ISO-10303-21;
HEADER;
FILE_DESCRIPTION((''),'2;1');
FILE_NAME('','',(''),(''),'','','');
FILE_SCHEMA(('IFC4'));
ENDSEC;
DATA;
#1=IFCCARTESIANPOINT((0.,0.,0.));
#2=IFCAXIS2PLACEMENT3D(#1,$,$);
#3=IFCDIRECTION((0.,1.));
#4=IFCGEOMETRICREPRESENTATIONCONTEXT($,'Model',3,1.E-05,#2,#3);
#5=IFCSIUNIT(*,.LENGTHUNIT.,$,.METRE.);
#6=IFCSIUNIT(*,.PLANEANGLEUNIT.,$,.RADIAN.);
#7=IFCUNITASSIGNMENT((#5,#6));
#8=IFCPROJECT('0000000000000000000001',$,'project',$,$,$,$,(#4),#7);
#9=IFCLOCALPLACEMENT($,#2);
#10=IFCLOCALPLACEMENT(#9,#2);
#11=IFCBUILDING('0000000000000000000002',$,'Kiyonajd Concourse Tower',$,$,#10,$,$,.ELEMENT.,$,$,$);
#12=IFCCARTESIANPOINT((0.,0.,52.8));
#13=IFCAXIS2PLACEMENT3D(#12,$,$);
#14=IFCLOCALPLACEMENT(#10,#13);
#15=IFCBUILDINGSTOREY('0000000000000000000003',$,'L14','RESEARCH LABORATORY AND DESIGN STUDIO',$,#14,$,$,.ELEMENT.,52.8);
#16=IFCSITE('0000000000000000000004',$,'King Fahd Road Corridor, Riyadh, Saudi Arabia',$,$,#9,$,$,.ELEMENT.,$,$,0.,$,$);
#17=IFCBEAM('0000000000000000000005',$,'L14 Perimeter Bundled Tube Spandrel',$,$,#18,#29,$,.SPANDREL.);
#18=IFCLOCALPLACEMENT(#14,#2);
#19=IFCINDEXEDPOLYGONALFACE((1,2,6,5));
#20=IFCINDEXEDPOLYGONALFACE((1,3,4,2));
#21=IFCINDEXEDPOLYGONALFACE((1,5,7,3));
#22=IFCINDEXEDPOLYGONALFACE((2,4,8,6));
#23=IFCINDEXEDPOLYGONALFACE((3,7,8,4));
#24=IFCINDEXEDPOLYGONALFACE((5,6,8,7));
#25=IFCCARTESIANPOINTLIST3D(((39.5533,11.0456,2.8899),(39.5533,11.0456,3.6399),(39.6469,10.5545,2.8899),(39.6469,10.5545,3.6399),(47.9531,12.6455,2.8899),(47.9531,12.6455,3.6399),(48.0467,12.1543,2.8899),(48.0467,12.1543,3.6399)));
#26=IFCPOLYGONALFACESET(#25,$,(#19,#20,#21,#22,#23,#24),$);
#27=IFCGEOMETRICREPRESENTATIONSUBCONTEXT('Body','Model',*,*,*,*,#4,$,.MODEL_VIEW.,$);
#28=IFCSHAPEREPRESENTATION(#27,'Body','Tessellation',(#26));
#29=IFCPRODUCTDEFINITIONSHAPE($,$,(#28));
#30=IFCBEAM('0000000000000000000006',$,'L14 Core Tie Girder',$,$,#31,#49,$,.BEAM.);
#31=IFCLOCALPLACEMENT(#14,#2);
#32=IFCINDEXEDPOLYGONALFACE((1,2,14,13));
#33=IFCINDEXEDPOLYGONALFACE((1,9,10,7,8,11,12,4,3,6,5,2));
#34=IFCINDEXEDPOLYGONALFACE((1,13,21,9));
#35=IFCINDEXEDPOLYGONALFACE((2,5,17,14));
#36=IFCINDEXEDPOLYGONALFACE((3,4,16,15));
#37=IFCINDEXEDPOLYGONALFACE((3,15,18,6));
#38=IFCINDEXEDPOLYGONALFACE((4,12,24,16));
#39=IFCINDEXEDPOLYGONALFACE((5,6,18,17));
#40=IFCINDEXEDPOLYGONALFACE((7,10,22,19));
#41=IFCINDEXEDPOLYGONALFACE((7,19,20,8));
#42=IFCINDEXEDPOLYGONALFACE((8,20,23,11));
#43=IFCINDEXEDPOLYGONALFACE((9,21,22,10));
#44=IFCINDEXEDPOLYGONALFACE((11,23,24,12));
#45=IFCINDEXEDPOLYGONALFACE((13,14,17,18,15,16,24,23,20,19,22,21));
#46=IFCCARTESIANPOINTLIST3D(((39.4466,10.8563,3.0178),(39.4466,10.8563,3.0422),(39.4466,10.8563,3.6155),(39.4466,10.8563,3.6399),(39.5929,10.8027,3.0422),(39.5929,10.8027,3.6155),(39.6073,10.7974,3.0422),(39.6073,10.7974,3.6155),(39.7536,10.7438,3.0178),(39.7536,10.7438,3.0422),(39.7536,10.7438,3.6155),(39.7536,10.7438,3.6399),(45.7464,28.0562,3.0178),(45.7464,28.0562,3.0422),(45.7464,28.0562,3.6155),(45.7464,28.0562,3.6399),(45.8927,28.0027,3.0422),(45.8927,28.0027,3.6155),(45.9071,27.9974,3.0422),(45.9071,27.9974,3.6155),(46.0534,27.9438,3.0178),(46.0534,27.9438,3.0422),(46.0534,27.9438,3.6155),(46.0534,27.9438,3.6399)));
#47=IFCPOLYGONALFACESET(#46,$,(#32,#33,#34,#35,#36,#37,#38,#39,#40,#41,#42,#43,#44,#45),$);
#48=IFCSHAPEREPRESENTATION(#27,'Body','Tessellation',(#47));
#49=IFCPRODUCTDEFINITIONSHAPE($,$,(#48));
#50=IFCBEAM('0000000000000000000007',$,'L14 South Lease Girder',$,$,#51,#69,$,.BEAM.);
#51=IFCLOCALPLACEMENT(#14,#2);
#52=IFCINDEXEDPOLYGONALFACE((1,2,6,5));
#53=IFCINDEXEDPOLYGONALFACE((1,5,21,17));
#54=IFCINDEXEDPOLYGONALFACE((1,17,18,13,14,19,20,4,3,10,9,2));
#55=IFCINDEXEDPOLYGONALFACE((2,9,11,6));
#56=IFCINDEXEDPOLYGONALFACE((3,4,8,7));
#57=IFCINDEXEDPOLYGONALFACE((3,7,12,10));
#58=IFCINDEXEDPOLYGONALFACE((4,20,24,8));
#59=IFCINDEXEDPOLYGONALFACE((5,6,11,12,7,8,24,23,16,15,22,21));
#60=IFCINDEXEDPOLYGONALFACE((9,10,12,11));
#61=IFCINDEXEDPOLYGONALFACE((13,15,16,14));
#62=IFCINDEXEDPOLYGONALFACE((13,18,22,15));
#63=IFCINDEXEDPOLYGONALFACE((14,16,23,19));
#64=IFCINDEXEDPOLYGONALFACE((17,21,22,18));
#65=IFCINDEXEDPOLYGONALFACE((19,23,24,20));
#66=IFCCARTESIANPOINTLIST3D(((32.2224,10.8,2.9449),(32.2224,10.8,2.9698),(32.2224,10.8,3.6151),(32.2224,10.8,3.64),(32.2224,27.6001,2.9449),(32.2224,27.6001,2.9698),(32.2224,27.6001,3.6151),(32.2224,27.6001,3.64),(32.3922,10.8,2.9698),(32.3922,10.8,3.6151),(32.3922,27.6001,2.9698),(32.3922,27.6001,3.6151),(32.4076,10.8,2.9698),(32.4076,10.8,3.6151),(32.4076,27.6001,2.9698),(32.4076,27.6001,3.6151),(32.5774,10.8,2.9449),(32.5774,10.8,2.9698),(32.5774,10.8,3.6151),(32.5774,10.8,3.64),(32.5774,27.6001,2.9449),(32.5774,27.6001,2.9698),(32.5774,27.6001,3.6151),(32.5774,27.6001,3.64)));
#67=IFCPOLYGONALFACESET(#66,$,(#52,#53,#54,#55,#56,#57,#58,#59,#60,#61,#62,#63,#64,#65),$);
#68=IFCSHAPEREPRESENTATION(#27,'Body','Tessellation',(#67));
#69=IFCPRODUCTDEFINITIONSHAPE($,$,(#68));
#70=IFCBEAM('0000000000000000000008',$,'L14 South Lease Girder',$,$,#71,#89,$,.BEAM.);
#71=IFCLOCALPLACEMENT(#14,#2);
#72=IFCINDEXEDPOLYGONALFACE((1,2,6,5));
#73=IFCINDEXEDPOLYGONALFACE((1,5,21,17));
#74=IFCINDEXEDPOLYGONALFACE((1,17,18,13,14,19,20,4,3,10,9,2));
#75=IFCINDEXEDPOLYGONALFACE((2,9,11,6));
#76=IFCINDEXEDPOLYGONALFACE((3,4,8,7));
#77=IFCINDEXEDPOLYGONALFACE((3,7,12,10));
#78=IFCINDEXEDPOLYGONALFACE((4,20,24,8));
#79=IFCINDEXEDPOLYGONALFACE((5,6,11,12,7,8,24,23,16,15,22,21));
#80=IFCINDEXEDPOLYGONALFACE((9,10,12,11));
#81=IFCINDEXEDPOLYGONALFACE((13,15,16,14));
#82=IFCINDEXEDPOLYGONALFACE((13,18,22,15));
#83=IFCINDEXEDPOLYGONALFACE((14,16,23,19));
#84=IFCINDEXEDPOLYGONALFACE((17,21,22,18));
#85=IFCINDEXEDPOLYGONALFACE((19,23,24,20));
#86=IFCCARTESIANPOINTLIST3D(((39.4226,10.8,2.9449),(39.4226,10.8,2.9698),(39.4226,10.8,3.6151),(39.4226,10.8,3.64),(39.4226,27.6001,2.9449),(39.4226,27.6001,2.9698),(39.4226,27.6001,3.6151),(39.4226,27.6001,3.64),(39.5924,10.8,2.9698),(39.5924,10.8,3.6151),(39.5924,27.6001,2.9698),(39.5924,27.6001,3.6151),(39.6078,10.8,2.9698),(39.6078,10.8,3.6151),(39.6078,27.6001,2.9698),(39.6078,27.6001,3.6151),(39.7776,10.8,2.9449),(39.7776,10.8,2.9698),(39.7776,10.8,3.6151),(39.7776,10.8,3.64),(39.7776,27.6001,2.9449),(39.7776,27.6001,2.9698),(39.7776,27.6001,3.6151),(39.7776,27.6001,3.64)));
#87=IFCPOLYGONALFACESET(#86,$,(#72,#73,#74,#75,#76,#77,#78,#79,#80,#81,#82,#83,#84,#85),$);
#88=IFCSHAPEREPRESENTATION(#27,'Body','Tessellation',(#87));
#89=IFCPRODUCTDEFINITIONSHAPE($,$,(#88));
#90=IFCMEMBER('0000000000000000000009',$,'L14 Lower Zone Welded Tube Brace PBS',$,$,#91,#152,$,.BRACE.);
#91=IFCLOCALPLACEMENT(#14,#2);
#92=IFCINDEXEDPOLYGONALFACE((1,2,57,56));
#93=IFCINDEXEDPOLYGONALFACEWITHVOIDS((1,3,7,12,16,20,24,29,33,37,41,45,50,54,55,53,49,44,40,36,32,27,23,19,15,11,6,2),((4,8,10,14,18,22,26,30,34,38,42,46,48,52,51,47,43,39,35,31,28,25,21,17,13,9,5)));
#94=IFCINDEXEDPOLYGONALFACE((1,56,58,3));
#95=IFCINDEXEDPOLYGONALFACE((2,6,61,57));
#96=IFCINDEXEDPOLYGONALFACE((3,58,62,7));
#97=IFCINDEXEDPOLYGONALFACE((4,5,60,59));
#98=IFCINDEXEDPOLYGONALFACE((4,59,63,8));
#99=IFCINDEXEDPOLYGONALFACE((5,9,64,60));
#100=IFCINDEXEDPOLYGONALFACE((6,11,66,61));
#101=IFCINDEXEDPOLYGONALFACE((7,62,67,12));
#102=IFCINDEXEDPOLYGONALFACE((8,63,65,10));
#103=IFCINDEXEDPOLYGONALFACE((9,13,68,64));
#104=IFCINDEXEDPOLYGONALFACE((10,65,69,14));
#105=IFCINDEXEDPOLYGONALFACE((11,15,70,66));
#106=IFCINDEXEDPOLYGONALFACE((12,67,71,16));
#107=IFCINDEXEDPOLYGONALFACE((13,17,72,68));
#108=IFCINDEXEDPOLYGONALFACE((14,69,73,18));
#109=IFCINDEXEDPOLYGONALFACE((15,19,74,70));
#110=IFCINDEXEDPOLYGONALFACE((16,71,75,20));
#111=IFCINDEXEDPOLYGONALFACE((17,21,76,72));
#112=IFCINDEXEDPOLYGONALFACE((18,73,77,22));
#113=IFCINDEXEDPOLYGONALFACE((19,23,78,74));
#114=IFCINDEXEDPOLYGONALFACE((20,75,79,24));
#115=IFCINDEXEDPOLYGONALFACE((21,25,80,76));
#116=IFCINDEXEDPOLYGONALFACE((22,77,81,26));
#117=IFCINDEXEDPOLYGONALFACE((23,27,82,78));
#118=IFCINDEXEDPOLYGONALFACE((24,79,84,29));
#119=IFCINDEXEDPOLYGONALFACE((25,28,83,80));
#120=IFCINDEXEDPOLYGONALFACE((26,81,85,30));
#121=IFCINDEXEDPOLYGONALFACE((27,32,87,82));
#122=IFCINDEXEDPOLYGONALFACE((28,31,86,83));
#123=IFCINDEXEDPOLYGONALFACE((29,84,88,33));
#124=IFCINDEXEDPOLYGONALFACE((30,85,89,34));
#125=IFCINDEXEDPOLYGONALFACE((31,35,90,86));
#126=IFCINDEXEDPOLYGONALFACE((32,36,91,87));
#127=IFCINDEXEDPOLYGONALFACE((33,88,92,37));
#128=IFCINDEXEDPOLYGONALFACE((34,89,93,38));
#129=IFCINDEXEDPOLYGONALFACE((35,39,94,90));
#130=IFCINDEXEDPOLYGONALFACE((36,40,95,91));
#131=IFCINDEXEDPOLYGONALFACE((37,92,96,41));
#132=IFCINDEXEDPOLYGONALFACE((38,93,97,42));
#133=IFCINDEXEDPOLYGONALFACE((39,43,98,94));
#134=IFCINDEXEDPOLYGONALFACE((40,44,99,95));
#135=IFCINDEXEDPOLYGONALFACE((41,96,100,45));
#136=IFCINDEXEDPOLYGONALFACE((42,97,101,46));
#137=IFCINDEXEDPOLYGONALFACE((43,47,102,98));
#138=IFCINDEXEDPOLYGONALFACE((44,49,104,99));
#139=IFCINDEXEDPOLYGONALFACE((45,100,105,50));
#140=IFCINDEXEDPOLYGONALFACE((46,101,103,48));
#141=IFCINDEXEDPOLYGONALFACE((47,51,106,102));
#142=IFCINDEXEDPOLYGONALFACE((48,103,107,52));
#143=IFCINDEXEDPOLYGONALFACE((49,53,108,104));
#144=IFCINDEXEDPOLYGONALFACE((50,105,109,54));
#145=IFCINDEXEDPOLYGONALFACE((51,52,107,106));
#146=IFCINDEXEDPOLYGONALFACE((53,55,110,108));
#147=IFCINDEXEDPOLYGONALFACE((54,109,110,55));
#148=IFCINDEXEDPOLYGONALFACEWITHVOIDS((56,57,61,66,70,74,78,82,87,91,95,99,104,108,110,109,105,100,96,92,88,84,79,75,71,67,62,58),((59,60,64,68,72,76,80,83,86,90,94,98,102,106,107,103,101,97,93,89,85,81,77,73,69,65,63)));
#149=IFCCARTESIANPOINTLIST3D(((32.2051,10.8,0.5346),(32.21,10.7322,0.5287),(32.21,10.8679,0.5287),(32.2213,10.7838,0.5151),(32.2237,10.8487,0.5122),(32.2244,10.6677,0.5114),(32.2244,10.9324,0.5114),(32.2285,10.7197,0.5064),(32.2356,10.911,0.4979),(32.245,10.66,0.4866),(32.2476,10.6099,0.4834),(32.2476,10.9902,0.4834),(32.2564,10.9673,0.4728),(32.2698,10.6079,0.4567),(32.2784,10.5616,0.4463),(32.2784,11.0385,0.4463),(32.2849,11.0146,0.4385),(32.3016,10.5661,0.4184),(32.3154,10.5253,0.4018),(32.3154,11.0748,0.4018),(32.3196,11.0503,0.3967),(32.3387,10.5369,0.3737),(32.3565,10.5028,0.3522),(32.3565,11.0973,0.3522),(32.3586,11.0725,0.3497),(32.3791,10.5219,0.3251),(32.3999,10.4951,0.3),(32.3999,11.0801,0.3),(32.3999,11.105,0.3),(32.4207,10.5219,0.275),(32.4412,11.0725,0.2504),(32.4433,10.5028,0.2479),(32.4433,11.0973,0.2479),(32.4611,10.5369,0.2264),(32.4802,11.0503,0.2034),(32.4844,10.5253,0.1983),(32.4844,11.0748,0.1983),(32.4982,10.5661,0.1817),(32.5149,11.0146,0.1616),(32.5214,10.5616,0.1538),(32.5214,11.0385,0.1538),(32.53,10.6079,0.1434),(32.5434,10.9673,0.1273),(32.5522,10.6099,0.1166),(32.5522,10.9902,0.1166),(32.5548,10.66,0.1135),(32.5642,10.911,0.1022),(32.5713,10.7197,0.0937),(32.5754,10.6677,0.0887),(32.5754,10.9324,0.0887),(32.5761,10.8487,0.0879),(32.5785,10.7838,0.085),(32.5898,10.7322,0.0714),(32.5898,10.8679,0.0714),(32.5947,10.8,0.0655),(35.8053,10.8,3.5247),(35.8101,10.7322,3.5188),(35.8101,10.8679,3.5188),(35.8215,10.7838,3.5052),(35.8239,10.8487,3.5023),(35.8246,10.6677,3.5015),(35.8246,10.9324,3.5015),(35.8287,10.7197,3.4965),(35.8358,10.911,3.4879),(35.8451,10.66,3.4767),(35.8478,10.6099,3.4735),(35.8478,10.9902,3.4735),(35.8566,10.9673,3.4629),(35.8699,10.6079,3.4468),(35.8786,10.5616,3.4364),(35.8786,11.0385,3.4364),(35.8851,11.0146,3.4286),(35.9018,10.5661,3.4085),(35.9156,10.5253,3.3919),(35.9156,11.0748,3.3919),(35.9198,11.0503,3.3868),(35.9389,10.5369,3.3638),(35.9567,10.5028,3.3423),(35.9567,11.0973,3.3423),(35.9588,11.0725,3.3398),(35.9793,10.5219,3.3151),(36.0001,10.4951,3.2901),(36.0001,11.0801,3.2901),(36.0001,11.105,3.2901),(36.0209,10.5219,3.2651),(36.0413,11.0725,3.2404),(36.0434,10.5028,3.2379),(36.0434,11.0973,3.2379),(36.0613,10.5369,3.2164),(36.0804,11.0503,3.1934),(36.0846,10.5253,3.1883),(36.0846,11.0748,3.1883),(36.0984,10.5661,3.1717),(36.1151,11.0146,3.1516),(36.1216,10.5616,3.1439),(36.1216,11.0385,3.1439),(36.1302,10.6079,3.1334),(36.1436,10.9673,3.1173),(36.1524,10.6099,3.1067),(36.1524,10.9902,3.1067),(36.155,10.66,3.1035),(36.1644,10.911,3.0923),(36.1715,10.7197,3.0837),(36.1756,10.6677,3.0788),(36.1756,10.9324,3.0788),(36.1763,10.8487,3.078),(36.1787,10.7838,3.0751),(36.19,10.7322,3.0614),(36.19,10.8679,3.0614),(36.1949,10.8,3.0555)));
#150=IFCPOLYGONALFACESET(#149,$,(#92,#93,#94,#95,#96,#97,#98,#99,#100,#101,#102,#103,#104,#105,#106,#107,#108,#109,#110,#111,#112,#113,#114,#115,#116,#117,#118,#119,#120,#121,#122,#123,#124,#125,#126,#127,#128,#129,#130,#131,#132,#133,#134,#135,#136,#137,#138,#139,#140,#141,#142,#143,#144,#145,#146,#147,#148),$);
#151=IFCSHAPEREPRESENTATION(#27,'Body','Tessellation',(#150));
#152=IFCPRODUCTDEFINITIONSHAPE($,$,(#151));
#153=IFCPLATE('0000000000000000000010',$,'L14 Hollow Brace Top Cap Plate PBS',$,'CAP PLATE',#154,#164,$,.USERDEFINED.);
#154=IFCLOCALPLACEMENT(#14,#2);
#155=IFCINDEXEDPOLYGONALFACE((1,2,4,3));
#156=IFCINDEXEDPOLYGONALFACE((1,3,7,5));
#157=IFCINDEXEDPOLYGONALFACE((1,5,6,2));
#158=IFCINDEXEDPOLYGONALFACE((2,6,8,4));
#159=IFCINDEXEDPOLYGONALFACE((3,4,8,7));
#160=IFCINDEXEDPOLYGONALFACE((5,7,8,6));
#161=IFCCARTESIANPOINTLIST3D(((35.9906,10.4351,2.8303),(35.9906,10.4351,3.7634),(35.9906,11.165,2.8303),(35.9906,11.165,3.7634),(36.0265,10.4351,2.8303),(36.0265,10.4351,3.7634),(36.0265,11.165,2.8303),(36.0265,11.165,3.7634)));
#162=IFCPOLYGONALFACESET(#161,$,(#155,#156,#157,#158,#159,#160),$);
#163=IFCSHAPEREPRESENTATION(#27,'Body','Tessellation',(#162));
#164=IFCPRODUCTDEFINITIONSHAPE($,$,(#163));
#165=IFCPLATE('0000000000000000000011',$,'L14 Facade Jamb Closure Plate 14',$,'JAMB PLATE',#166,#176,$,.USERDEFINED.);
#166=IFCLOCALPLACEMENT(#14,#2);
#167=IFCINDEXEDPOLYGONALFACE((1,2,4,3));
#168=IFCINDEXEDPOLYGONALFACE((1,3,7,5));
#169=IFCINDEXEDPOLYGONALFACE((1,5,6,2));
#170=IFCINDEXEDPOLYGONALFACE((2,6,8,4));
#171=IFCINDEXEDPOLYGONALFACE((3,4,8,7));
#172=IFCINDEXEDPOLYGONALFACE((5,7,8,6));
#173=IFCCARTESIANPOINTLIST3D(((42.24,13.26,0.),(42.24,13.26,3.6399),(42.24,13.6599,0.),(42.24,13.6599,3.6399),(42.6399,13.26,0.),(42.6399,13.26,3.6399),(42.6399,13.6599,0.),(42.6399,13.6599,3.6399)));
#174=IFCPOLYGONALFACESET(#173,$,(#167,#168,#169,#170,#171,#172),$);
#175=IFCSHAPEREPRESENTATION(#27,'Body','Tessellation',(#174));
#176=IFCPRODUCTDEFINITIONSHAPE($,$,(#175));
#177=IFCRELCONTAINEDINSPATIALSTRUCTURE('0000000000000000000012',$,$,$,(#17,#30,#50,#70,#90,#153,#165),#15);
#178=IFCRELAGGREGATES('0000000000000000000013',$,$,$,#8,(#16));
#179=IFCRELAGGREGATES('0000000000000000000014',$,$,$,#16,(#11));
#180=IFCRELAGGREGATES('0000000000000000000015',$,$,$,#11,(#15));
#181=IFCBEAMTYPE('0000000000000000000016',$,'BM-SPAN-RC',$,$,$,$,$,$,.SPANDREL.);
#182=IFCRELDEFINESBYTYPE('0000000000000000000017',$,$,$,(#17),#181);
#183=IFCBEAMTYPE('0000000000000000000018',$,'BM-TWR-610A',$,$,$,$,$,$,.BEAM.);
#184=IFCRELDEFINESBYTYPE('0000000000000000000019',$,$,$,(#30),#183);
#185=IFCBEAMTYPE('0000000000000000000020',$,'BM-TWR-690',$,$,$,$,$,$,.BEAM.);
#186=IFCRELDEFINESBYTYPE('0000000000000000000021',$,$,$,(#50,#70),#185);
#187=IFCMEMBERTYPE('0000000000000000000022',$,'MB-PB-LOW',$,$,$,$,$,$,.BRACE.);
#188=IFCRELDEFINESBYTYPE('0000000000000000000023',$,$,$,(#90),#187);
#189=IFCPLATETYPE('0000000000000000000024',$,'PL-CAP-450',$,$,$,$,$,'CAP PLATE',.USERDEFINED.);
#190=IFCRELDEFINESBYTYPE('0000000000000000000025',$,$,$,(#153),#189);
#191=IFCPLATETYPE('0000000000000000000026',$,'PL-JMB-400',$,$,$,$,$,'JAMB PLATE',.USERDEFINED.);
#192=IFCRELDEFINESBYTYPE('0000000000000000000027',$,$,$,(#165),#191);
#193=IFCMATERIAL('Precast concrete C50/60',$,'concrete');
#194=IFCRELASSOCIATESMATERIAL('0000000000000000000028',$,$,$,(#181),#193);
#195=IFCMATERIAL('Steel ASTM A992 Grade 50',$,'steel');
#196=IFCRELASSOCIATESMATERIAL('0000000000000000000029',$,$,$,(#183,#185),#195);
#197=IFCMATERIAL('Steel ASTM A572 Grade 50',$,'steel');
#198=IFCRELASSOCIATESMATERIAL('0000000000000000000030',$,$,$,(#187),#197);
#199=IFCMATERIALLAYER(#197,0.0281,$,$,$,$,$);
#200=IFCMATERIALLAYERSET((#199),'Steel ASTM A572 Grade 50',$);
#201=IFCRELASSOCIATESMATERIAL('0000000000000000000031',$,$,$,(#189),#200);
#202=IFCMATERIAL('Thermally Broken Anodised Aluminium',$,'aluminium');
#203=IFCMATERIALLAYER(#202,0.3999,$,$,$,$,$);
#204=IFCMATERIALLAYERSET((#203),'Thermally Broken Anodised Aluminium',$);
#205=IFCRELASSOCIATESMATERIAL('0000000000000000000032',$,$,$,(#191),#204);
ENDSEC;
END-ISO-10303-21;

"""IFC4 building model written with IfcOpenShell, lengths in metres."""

from ifc_helpers import new_model, si_unit, direction, frame, origin, origin_2d, place, context, subcontext, project, spatial, rectangle, hollow_circle, i_section, extrude, material, layer, layer_set, material_profile, profile_set, type_object, element, save


model = new_model("IFC4")

# Units and contexts
model_context = context("Model", 3, precision=1e-05, world=origin(), true_north=direction((0.0, 1.0)))
body_context = subcontext(model_context, "Body", "Model", "MODEL_VIEW")
ifc_project = project(units=[si_unit("LENGTHUNIT", "METRE"), si_unit("PLANEANGLEUNIT", "RADIAN")], contexts=[model_context])

# Site, building, storey
site_placement = place(None, origin())
site = spatial("IfcSite", under=ifc_project, at=site_placement, Name="King Fahd Road Corridor, Riyadh, Saudi Arabia", CompositionType="ELEMENT", RefElevation=0.0)
building_placement = place(site_placement, origin())
building = spatial("IfcBuilding", under=site, at=building_placement, Name="Kiyonajd Concourse Tower", CompositionType="ELEMENT")
storey_placement = place(building_placement, frame((0.0, 0.0, 52.8)))
storey = spatial("IfcBuildingStorey", under=building, at=storey_placement, Name="L14", Description="RESEARCH LABORATORY AND DESIGN STUDIO", CompositionType="ELEMENT", Elevation=52.8)

# Beams
ifc_material_1 = material(Name="Steel ASTM A992 Grade 50", Category="steel")
ifc_material_2 = material(Name="Precast concrete C50/60", Category="concrete")
ifc_material_profile_1 = material_profile(ifc_material_2, rectangle(XDim=0.5, YDim=0.75, at=origin_2d()), Name="RCBM-500x750")
ifc_profile_set_1 = profile_set([ifc_material_profile_1], Name="Precast concrete C50/60")
beam_type_1 = type_object("IfcBeamType", Name="BM-SPAN-RC", PredefinedType="SPANDREL", material=ifc_profile_set_1)
beam_1_placement = place(storey_placement, frame((39.6001, 10.8, 3.2649), z_axis=(0.982341, 0.187098, 0.0), x_axis=(-0.187098, 0.982341, 0.0)))
element("IfcBeam", 1, at=beam_1_placement, inside=storey, type_object=beam_type_1, Name="L14 Perimeter Bundled Tube Spandrel", PredefinedType="SPANDREL", context=body_context, shape_type="SweptSolid", body=[
    extrude(rectangle(XDim=0.5, YDim=0.75, at=origin_2d()), origin(), (0.0, 0.0, 1.0), 8.5508),
])
ifc_material_profile_2 = material_profile(ifc_material_1, i_section(OverallWidth=0.3269, OverallDepth=0.6221, WebThickness=0.0154, FlangeThickness=0.0244, at=origin_2d()), Name="W610X195")
ifc_profile_set_2 = profile_set([ifc_material_profile_2], Name="Steel ASTM A992 Grade 50")
beam_type_2 = type_object("IfcBeamType", Name="BM-TWR-610A", PredefinedType="BEAM", material=ifc_profile_set_2)
beam_2_placement = place(storey_placement, frame((39.6001, 10.8, 3.3289), z_axis=(0.343925, 0.938997, 0.0), x_axis=(-0.938997, 0.343925, 0.0)))
element("IfcBeam", 2, at=beam_2_placement, inside=storey, type_object=beam_type_2, Name="L14 Core Tie Girder", PredefinedType="BEAM", context=body_context, shape_type="SweptSolid", body=[
    extrude(i_section(OverallWidth=0.3269, OverallDepth=0.6221, WebThickness=0.0154, FlangeThickness=0.0244, at=origin_2d()), origin(), (0.0, 0.0, 1.0), 18.3174),
])
ifc_material_profile_3 = material_profile(ifc_material_1, i_section(OverallWidth=0.355, OverallDepth=0.6951, WebThickness=0.0154, FlangeThickness=0.0249, at=origin_2d()), Name="W690X217")
ifc_profile_set_3 = profile_set([ifc_material_profile_3], Name="Steel ASTM A992 Grade 50")
beam_type_3 = type_object("IfcBeamType", Name="BM-TWR-690", PredefinedType="BEAM", material=ifc_profile_set_3)
for number, where, z_axis, x_axis, name in (
    (3, (32.3999, 10.8, 3.2925), (0.0, 1.0, 0.0), (-1.0, 0.0, 0.0), "L14 South Lease Girder"),
    (4, (39.6001, 10.8, 3.2925), (0.0, 1.0, 0.0), (-1.0, 0.0, 0.0), "L14 South Lease Girder"),
):
    element("IfcBeam", number, at=place(storey_placement, frame(where, z_axis=z_axis, x_axis=x_axis)), inside=storey, type_object=beam_type_3, Name=name, PredefinedType="BEAM", context=body_context, shape_type="SweptSolid", body=[
        extrude(i_section(OverallWidth=0.355, OverallDepth=0.6951, WebThickness=0.0154, FlangeThickness=0.0249, at=origin_2d()), origin(), (0.0, 0.0, 1.0), 16.8),
    ])

# Member
ifc_material_3 = material(Name="Steel ASTM A572 Grade 50", Category="steel")
ifc_material_profile_4 = material_profile(ifc_material_3, hollow_circle(Radius=0.3049, WallThickness=0.0249, at=origin_2d()), Name="CHS-610x25")
ifc_profile_set_4 = profile_set([ifc_material_profile_4], Name="Steel ASTM A572 Grade 50")
member_type = type_object("IfcMemberType", Name="MB-PB-LOW", PredefinedType="BRACE", material=ifc_profile_set_4)
member_placement = place(storey_placement, frame((32.3999, 10.8, 0.3), z_axis=(0.769281, 0.0, 0.638911), x_axis=(0.0, 1.0, 0.0)))
element("IfcMember", 5, at=member_placement, inside=storey, type_object=member_type, Name="L14 Lower Zone Welded Tube Brace PBS", PredefinedType="BRACE", context=body_context, shape_type="SweptSolid", body=[
    extrude(hollow_circle(Radius=0.3049, WallThickness=0.0249, at=origin_2d()), origin(), (0.0, 0.0, 1.0), 4.6799),
])

# Plates
ifc_layer_1 = layer(ifc_material_3, 0.0281)
ifc_layer_set_1 = layer_set([ifc_layer_1], Name="Steel ASTM A572 Grade 50")
plate_type_1 = type_object("IfcPlateType", Name="PL-CAP-450", ElementType="CAP PLATE", PredefinedType="USERDEFINED", material=ifc_layer_set_1)
plate_1_placement = place(storey_placement, frame((36.0085, 10.8, 2.8303), z_axis=(0.0, 0.0, 1.0), x_axis=(1.0, 0.0, 0.0)))
element("IfcPlate", 6, at=plate_1_placement, inside=storey, type_object=plate_type_1, Name="L14 Hollow Brace Top Cap Plate PBS", ObjectType="CAP PLATE", PredefinedType="USERDEFINED", context=body_context, shape_type="SweptSolid", body=[
    extrude(rectangle(XDim=0.0359, YDim=0.73, at=origin_2d()), origin(), (0.0, 0.0, 1.0), 0.9331),
])
ifc_material_4 = material(Name="Thermally Broken Anodised Aluminium", Category="aluminium")
ifc_layer_2 = layer(ifc_material_4, 0.3999)
ifc_layer_set_2 = layer_set([ifc_layer_2], Name="Thermally Broken Anodised Aluminium")
plate_type_2 = type_object("IfcPlateType", Name="PL-JMB-400", ElementType="JAMB PLATE", PredefinedType="USERDEFINED", material=ifc_layer_set_2)
plate_2_placement = place(storey_placement, frame((42.4399, 13.46, 0.0), z_axis=(0.0, 0.0, 1.0), x_axis=(1.0, 0.0, 0.0)))
element("IfcPlate", 7, at=plate_2_placement, inside=storey, type_object=plate_type_2, Name="L14 Facade Jamb Closure Plate 14", ObjectType="JAMB PLATE", PredefinedType="USERDEFINED", context=body_context, shape_type="SweptSolid", body=[
    extrude(rectangle(XDim=0.3999, YDim=0.3999, at=origin_2d()), origin(), (0.0, 0.0, 1.0), 3.6399),
])

save(model, "model.ifc")
